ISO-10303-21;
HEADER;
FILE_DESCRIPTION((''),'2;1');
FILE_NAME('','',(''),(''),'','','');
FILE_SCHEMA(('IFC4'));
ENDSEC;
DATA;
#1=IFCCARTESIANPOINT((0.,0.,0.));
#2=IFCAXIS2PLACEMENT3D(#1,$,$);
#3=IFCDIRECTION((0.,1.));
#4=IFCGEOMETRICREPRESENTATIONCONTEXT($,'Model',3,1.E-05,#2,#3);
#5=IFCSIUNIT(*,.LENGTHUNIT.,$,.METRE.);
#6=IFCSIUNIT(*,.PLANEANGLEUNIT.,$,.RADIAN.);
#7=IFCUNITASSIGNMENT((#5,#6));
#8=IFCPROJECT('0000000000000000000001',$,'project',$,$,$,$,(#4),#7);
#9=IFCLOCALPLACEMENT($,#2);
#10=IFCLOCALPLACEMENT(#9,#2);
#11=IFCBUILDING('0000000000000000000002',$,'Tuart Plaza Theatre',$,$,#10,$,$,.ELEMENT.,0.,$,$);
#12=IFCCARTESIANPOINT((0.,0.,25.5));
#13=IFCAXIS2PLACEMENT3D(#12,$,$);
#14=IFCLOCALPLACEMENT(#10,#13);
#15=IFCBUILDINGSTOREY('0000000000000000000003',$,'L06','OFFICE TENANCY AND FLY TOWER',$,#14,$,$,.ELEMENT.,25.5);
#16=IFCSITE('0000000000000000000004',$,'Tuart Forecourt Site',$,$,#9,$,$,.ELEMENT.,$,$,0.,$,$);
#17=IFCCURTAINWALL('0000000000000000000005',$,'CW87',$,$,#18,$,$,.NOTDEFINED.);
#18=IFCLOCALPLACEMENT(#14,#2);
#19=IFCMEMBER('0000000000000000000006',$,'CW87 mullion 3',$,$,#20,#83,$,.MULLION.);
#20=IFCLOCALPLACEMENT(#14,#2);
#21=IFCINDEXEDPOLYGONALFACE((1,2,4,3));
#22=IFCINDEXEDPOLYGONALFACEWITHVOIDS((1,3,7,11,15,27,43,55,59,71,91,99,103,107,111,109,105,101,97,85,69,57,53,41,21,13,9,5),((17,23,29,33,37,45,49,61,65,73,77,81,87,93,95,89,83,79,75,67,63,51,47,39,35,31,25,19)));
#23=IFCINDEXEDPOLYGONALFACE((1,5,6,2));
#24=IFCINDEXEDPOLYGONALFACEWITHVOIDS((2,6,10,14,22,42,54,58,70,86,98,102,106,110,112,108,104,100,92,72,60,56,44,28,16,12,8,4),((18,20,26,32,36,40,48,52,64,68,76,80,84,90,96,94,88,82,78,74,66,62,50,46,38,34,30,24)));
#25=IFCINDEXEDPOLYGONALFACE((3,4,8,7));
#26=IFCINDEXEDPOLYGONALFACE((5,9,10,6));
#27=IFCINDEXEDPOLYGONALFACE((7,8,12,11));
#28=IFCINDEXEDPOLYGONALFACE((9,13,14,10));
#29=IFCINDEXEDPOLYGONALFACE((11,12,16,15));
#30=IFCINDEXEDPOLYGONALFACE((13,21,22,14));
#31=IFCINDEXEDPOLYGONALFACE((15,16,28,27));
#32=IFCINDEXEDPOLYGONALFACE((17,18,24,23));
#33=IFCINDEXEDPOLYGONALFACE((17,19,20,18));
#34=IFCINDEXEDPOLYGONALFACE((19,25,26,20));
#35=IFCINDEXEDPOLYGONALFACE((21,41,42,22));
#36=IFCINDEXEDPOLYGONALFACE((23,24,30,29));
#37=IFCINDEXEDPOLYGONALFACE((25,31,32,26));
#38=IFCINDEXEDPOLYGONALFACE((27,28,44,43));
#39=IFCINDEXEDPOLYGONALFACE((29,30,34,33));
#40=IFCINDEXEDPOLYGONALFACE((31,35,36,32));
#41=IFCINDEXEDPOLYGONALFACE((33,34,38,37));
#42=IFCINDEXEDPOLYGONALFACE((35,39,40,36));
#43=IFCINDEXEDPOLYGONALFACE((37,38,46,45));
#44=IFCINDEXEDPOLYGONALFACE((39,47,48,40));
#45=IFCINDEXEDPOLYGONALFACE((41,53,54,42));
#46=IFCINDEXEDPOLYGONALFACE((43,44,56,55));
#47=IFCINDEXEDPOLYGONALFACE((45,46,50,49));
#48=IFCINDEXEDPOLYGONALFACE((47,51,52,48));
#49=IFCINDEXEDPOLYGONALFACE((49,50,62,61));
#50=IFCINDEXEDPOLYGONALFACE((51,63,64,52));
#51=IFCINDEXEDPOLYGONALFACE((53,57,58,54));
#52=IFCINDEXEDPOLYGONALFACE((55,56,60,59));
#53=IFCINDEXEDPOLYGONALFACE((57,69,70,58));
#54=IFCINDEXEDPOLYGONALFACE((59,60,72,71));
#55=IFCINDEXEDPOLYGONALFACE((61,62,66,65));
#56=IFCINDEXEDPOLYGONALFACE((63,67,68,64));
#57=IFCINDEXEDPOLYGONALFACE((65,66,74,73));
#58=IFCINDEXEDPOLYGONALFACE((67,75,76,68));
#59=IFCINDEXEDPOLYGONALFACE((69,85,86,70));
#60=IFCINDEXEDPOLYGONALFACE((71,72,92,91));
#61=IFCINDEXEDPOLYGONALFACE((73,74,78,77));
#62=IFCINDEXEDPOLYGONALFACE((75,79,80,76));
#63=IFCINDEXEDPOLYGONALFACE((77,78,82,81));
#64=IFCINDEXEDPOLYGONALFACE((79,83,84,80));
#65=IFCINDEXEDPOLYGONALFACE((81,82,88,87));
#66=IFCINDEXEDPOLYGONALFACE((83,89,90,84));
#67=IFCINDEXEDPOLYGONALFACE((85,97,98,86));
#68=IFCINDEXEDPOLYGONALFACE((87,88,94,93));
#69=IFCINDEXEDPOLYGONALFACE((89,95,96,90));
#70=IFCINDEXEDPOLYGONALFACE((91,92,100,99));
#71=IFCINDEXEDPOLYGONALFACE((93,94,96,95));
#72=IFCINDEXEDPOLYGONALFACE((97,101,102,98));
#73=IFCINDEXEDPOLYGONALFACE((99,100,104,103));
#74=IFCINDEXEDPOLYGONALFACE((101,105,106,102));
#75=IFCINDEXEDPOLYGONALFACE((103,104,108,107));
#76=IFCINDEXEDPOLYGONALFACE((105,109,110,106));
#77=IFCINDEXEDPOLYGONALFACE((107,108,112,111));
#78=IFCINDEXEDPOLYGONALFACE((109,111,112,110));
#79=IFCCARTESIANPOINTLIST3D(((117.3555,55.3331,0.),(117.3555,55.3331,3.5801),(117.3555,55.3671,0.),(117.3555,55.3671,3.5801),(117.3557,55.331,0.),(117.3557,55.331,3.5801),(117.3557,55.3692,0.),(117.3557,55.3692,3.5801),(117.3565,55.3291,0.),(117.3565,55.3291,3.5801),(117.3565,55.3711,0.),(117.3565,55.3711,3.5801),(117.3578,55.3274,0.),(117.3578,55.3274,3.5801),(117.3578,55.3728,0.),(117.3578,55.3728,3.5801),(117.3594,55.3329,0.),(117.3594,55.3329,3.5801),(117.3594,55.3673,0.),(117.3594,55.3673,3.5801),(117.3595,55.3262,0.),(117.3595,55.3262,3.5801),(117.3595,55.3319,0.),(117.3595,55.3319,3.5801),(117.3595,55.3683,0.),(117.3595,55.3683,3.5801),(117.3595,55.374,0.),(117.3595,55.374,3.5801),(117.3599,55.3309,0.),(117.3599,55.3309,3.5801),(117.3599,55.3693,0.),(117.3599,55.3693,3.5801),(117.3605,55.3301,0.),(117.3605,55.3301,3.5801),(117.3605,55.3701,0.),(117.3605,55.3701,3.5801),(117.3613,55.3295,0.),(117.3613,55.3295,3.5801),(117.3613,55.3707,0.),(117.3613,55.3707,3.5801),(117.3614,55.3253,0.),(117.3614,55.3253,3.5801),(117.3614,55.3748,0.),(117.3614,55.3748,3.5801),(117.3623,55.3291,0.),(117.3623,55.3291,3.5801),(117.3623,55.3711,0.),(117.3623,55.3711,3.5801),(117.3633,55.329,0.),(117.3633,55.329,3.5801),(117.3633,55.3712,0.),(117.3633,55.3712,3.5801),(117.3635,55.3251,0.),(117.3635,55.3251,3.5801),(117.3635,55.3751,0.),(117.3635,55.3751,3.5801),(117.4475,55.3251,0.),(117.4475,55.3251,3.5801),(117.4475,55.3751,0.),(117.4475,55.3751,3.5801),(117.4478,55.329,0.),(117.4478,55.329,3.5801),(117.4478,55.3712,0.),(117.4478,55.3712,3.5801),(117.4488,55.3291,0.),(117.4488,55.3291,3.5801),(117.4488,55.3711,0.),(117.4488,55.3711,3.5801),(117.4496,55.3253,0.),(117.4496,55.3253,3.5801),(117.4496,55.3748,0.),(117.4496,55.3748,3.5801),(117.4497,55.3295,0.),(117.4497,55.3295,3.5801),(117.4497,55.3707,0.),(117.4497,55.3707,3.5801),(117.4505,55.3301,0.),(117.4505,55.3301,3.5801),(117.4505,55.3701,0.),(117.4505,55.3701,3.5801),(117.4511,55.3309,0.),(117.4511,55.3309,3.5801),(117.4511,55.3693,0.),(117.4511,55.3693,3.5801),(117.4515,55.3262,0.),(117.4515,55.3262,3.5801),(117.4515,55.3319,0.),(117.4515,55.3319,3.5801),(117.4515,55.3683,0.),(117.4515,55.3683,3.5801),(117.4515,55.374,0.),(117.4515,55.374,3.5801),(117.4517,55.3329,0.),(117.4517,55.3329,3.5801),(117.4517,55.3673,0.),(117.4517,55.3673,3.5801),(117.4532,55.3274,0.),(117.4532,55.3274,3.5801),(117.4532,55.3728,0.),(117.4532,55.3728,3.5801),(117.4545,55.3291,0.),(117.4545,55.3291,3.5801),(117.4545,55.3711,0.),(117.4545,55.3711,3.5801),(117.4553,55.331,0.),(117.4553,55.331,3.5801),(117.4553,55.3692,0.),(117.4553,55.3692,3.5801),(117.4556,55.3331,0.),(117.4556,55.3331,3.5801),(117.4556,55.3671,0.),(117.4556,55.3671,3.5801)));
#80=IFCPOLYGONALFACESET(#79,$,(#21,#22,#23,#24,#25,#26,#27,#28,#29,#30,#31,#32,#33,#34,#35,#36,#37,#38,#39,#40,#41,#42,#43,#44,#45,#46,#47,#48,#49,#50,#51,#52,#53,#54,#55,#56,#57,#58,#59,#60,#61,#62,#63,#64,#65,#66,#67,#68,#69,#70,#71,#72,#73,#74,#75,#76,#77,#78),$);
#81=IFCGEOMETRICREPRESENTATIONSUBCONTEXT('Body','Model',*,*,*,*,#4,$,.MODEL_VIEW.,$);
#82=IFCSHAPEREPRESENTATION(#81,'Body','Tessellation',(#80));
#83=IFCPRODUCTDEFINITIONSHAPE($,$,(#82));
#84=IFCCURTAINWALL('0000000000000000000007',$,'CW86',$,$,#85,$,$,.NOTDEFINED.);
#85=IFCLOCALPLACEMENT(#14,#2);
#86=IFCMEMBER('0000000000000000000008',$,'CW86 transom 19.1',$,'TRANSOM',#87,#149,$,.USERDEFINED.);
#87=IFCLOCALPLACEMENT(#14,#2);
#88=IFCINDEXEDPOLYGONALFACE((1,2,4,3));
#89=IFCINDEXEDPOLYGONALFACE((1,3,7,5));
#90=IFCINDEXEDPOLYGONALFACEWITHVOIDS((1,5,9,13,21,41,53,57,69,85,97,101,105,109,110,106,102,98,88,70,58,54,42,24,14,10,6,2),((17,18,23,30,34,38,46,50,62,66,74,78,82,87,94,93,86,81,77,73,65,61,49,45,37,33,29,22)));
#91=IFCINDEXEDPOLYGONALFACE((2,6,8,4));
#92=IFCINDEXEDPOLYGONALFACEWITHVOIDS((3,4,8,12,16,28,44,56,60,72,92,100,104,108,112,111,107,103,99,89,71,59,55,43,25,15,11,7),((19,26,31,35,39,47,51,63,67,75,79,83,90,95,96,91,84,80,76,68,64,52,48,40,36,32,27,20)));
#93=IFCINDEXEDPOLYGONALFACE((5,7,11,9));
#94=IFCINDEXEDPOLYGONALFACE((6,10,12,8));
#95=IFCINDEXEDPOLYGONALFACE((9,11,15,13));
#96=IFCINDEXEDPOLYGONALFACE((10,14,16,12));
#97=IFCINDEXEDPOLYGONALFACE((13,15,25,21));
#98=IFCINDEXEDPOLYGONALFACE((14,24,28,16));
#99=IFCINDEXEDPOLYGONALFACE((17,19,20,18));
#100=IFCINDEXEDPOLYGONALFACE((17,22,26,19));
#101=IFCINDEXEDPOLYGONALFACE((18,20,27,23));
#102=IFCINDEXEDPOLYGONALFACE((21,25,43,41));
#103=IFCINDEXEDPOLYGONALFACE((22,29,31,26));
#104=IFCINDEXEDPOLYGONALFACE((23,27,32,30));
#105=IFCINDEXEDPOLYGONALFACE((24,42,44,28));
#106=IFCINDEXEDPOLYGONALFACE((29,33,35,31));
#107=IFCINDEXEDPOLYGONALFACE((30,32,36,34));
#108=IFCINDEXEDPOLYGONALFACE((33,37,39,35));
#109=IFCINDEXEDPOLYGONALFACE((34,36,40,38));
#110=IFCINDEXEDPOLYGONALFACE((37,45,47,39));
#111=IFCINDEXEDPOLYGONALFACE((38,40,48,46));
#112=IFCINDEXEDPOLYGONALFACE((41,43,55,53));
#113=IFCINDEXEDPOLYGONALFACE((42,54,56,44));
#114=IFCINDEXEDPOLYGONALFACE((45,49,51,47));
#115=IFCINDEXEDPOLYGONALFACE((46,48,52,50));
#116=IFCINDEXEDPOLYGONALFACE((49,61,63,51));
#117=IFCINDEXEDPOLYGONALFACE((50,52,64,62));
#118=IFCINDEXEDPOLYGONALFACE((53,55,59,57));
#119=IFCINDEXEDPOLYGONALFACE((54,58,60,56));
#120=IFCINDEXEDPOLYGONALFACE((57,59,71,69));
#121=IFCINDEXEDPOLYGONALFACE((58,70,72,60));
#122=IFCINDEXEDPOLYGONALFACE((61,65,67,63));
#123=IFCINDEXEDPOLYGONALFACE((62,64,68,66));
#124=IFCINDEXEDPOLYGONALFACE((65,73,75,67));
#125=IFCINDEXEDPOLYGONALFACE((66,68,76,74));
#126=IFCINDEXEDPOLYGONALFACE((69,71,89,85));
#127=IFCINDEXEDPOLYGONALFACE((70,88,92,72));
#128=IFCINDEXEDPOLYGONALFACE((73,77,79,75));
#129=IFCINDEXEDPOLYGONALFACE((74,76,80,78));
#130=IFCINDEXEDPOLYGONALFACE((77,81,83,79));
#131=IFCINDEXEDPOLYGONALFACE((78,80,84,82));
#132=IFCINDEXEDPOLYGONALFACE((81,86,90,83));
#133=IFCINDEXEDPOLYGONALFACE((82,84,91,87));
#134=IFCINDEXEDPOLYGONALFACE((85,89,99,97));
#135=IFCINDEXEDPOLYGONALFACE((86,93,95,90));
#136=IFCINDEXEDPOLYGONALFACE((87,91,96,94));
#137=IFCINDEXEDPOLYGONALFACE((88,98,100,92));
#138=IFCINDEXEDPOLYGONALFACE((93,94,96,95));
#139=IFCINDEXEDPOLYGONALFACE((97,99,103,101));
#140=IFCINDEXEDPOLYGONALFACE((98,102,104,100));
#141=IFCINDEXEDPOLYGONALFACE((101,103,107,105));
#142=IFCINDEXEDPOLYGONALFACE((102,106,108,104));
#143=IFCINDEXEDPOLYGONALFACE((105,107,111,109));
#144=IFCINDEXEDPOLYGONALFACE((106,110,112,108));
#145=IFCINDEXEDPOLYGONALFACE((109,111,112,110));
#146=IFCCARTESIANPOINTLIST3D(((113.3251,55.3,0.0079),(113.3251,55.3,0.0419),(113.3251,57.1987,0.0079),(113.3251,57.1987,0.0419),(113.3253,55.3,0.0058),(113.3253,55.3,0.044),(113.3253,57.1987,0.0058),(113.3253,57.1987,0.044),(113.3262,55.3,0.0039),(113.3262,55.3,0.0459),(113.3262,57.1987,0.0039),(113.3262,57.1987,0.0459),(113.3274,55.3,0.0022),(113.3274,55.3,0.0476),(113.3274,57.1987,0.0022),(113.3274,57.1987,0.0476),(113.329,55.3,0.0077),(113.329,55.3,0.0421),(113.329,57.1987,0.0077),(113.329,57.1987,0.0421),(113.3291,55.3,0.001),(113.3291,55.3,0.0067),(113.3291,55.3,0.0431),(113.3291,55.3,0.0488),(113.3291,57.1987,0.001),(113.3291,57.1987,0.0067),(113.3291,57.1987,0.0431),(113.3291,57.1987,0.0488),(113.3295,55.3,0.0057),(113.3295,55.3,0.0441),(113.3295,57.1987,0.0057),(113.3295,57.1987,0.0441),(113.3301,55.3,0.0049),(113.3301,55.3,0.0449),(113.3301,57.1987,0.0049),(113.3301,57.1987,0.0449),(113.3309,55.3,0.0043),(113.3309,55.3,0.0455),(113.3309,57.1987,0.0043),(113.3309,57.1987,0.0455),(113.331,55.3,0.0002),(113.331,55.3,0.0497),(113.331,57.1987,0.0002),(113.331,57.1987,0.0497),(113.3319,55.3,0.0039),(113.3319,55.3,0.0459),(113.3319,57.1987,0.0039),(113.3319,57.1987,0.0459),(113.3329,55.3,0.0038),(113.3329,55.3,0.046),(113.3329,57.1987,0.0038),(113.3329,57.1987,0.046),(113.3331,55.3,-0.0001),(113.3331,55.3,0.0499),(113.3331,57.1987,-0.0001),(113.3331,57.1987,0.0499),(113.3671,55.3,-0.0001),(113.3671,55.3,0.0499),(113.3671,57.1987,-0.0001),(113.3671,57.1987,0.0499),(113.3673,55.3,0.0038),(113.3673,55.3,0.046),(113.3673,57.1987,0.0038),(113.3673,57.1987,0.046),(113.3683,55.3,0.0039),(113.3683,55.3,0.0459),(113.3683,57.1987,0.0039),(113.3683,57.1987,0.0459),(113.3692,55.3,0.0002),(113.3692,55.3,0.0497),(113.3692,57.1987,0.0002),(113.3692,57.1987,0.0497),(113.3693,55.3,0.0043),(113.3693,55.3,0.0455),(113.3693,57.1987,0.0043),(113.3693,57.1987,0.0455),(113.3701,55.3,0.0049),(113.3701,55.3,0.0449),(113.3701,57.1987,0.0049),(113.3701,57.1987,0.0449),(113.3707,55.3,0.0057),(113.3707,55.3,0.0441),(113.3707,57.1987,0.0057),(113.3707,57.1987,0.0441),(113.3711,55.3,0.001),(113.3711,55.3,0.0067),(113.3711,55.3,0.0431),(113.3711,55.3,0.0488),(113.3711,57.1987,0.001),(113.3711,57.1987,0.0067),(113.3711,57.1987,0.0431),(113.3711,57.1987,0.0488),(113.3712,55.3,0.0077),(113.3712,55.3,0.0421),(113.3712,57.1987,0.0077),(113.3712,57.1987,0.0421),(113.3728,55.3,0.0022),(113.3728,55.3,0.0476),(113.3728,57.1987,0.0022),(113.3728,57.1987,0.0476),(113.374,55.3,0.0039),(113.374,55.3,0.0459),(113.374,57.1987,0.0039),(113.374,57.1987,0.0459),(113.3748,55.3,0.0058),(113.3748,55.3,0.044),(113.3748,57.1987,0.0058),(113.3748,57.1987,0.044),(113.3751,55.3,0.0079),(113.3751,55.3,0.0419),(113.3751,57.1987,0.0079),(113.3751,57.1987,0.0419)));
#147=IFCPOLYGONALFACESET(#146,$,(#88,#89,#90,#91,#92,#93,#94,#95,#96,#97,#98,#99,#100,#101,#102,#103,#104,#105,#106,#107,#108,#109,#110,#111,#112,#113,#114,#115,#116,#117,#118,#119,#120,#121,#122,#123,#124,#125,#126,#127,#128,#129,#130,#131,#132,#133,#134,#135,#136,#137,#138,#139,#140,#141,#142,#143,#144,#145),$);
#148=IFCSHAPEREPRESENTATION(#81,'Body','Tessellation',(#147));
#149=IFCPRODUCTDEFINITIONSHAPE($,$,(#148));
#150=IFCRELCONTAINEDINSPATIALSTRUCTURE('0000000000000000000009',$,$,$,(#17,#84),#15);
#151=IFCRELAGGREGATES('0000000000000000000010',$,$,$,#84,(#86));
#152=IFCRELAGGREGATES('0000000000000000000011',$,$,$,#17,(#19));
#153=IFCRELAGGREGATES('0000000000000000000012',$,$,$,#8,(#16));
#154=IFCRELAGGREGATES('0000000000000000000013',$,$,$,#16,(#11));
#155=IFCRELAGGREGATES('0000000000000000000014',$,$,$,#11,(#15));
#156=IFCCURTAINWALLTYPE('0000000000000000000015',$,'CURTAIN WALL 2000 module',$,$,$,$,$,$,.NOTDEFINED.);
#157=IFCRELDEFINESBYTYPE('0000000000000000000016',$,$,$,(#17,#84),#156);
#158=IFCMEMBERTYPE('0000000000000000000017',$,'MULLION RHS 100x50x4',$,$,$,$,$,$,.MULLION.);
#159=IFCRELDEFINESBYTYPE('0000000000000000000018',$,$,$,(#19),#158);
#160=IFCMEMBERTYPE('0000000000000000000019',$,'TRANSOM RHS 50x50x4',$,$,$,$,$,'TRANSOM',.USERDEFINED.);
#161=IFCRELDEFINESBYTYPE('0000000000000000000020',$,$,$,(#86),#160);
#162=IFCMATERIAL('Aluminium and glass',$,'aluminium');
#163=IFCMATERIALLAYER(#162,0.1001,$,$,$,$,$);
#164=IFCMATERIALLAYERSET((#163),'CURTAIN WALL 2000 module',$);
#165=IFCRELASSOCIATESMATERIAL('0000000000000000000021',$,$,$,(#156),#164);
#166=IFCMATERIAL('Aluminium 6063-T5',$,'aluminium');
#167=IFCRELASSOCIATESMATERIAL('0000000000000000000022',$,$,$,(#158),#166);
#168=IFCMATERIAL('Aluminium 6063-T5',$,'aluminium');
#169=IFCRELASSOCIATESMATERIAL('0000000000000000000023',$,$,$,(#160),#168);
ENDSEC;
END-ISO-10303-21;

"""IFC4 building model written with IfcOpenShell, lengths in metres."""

from ifc_helpers import new_model, si_unit, direction, frame, origin, origin_2d, place, context, subcontext, project, spatial, hollow_rectangle, extrude, material, layer, layer_set, material_profile, profile_set, type_object, element, aggregate, save


model = new_model("IFC4")

# Units and contexts
model_context = context("Model", 3, precision=1e-05, world=origin(), true_north=direction((0.0, 1.0)))
body_context = subcontext(model_context, "Body", "Model", "MODEL_VIEW")
ifc_project = project(units=[si_unit("LENGTHUNIT", "METRE"), si_unit("PLANEANGLEUNIT", "RADIAN")], contexts=[model_context])

# Site, building, storey
site_placement = place(None, origin())
site = spatial("IfcSite", under=ifc_project, at=site_placement, Name="Tuart Forecourt Site", CompositionType="ELEMENT", RefElevation=0.0)
building_placement = place(site_placement, origin())
building = spatial("IfcBuilding", under=site, at=building_placement, Name="Tuart Plaza Theatre", CompositionType="ELEMENT", ElevationOfRefHeight=0.0)
storey_placement = place(building_placement, frame((0.0, 0.0, 25.5)))
storey = spatial("IfcBuildingStorey", under=building, at=storey_placement, Name="L06", Description="OFFICE TENANCY AND FLY TOWER", CompositionType="ELEMENT", Elevation=25.5)

# Curtain walls, members
ifc_material_1 = material(Name="Aluminium and glass", Category="aluminium")
ifc_layer_1 = layer(ifc_material_1, 0.1001)
ifc_layer_set_1 = layer_set([ifc_layer_1], Name="CURTAIN WALL 2000 module")
curtain_wall_type = type_object("IfcCurtainWallType", Name="CURTAIN WALL 2000 module", PredefinedType="NOTDEFINED", material=ifc_layer_set_1)
curtain_wall_1_placement = place(storey_placement, origin())
curtain_wall_1 = element("IfcCurtainWall", 1, at=curtain_wall_1_placement, inside=storey, type_object=curtain_wall_type, Name="CW87", PredefinedType="NOTDEFINED")
ifc_material_2 = material(Name="Aluminium 6063-T5", Category="aluminium")
ifc_material_profile_1 = material_profile(ifc_material_2, hollow_rectangle(XDim=0.05, YDim=0.1001, WallThickness=0.0039, InnerFilletRadius=0.0039, OuterFilletRadius=0.0081, at=origin_2d()), Name="RHS 100x50x4")
ifc_profile_set_1 = profile_set([ifc_material_profile_1], Name="Aluminium 6063-T5")
member_type_1 = type_object("IfcMemberType", Name="MULLION RHS 100x50x4", PredefinedType="MULLION", material=ifc_profile_set_1)
member_1_placement = place(storey_placement, frame((117.4055, 55.3501, 0.0), z_axis=(0.0, 0.0, 1.0), x_axis=(0.0, 1.0, 0.0)))
member_1 = element("IfcMember", 2, at=member_1_placement, type_object=member_type_1, Name="CW87 mullion 3", PredefinedType="MULLION", context=body_context, shape_type="SweptSolid", body=[
    extrude(hollow_rectangle(XDim=0.05, YDim=0.1001, WallThickness=0.0039, InnerFilletRadius=0.0039, OuterFilletRadius=0.0081, at=origin_2d()), origin(), (0.0, 0.0, 1.0), 3.5801),
])
curtain_wall_2_placement = place(storey_placement, origin())
curtain_wall_2 = element("IfcCurtainWall", 3, at=curtain_wall_2_placement, inside=storey, type_object=curtain_wall_type, Name="CW86", PredefinedType="NOTDEFINED")
ifc_material_3 = material(Name="Aluminium 6063-T5", Category="aluminium")
ifc_material_profile_2 = material_profile(ifc_material_3, hollow_rectangle(XDim=0.05, YDim=0.05, WallThickness=0.0039, InnerFilletRadius=0.0039, OuterFilletRadius=0.0081, at=origin_2d()), Name="RHS 50x50x4")
ifc_profile_set_2 = profile_set([ifc_material_profile_2], Name="Aluminium 6063-T5")
member_type_2 = type_object("IfcMemberType", Name="TRANSOM RHS 50x50x4", ElementType="TRANSOM", PredefinedType="USERDEFINED", material=ifc_profile_set_2)
member_2_placement = place(storey_placement, frame((113.3501, 57.1987, 0.0249), z_axis=(0.0, -1.0, 0.0), x_axis=(1.0, 0.0, 0.0)))
member_2 = element("IfcMember", 4, at=member_2_placement, type_object=member_type_2, Name="CW86 transom 19.1", ObjectType="TRANSOM", PredefinedType="USERDEFINED", context=body_context, shape_type="SweptSolid", body=[
    extrude(hollow_rectangle(XDim=0.05, YDim=0.05, WallThickness=0.0039, InnerFilletRadius=0.0039, OuterFilletRadius=0.0081, at=origin_2d()), origin(), (0.0, 0.0, 1.0), 1.8987),
])

aggregate(curtain_wall_2, [member_2])
aggregate(curtain_wall_1, [member_1])

save(model, "model.ifc")
